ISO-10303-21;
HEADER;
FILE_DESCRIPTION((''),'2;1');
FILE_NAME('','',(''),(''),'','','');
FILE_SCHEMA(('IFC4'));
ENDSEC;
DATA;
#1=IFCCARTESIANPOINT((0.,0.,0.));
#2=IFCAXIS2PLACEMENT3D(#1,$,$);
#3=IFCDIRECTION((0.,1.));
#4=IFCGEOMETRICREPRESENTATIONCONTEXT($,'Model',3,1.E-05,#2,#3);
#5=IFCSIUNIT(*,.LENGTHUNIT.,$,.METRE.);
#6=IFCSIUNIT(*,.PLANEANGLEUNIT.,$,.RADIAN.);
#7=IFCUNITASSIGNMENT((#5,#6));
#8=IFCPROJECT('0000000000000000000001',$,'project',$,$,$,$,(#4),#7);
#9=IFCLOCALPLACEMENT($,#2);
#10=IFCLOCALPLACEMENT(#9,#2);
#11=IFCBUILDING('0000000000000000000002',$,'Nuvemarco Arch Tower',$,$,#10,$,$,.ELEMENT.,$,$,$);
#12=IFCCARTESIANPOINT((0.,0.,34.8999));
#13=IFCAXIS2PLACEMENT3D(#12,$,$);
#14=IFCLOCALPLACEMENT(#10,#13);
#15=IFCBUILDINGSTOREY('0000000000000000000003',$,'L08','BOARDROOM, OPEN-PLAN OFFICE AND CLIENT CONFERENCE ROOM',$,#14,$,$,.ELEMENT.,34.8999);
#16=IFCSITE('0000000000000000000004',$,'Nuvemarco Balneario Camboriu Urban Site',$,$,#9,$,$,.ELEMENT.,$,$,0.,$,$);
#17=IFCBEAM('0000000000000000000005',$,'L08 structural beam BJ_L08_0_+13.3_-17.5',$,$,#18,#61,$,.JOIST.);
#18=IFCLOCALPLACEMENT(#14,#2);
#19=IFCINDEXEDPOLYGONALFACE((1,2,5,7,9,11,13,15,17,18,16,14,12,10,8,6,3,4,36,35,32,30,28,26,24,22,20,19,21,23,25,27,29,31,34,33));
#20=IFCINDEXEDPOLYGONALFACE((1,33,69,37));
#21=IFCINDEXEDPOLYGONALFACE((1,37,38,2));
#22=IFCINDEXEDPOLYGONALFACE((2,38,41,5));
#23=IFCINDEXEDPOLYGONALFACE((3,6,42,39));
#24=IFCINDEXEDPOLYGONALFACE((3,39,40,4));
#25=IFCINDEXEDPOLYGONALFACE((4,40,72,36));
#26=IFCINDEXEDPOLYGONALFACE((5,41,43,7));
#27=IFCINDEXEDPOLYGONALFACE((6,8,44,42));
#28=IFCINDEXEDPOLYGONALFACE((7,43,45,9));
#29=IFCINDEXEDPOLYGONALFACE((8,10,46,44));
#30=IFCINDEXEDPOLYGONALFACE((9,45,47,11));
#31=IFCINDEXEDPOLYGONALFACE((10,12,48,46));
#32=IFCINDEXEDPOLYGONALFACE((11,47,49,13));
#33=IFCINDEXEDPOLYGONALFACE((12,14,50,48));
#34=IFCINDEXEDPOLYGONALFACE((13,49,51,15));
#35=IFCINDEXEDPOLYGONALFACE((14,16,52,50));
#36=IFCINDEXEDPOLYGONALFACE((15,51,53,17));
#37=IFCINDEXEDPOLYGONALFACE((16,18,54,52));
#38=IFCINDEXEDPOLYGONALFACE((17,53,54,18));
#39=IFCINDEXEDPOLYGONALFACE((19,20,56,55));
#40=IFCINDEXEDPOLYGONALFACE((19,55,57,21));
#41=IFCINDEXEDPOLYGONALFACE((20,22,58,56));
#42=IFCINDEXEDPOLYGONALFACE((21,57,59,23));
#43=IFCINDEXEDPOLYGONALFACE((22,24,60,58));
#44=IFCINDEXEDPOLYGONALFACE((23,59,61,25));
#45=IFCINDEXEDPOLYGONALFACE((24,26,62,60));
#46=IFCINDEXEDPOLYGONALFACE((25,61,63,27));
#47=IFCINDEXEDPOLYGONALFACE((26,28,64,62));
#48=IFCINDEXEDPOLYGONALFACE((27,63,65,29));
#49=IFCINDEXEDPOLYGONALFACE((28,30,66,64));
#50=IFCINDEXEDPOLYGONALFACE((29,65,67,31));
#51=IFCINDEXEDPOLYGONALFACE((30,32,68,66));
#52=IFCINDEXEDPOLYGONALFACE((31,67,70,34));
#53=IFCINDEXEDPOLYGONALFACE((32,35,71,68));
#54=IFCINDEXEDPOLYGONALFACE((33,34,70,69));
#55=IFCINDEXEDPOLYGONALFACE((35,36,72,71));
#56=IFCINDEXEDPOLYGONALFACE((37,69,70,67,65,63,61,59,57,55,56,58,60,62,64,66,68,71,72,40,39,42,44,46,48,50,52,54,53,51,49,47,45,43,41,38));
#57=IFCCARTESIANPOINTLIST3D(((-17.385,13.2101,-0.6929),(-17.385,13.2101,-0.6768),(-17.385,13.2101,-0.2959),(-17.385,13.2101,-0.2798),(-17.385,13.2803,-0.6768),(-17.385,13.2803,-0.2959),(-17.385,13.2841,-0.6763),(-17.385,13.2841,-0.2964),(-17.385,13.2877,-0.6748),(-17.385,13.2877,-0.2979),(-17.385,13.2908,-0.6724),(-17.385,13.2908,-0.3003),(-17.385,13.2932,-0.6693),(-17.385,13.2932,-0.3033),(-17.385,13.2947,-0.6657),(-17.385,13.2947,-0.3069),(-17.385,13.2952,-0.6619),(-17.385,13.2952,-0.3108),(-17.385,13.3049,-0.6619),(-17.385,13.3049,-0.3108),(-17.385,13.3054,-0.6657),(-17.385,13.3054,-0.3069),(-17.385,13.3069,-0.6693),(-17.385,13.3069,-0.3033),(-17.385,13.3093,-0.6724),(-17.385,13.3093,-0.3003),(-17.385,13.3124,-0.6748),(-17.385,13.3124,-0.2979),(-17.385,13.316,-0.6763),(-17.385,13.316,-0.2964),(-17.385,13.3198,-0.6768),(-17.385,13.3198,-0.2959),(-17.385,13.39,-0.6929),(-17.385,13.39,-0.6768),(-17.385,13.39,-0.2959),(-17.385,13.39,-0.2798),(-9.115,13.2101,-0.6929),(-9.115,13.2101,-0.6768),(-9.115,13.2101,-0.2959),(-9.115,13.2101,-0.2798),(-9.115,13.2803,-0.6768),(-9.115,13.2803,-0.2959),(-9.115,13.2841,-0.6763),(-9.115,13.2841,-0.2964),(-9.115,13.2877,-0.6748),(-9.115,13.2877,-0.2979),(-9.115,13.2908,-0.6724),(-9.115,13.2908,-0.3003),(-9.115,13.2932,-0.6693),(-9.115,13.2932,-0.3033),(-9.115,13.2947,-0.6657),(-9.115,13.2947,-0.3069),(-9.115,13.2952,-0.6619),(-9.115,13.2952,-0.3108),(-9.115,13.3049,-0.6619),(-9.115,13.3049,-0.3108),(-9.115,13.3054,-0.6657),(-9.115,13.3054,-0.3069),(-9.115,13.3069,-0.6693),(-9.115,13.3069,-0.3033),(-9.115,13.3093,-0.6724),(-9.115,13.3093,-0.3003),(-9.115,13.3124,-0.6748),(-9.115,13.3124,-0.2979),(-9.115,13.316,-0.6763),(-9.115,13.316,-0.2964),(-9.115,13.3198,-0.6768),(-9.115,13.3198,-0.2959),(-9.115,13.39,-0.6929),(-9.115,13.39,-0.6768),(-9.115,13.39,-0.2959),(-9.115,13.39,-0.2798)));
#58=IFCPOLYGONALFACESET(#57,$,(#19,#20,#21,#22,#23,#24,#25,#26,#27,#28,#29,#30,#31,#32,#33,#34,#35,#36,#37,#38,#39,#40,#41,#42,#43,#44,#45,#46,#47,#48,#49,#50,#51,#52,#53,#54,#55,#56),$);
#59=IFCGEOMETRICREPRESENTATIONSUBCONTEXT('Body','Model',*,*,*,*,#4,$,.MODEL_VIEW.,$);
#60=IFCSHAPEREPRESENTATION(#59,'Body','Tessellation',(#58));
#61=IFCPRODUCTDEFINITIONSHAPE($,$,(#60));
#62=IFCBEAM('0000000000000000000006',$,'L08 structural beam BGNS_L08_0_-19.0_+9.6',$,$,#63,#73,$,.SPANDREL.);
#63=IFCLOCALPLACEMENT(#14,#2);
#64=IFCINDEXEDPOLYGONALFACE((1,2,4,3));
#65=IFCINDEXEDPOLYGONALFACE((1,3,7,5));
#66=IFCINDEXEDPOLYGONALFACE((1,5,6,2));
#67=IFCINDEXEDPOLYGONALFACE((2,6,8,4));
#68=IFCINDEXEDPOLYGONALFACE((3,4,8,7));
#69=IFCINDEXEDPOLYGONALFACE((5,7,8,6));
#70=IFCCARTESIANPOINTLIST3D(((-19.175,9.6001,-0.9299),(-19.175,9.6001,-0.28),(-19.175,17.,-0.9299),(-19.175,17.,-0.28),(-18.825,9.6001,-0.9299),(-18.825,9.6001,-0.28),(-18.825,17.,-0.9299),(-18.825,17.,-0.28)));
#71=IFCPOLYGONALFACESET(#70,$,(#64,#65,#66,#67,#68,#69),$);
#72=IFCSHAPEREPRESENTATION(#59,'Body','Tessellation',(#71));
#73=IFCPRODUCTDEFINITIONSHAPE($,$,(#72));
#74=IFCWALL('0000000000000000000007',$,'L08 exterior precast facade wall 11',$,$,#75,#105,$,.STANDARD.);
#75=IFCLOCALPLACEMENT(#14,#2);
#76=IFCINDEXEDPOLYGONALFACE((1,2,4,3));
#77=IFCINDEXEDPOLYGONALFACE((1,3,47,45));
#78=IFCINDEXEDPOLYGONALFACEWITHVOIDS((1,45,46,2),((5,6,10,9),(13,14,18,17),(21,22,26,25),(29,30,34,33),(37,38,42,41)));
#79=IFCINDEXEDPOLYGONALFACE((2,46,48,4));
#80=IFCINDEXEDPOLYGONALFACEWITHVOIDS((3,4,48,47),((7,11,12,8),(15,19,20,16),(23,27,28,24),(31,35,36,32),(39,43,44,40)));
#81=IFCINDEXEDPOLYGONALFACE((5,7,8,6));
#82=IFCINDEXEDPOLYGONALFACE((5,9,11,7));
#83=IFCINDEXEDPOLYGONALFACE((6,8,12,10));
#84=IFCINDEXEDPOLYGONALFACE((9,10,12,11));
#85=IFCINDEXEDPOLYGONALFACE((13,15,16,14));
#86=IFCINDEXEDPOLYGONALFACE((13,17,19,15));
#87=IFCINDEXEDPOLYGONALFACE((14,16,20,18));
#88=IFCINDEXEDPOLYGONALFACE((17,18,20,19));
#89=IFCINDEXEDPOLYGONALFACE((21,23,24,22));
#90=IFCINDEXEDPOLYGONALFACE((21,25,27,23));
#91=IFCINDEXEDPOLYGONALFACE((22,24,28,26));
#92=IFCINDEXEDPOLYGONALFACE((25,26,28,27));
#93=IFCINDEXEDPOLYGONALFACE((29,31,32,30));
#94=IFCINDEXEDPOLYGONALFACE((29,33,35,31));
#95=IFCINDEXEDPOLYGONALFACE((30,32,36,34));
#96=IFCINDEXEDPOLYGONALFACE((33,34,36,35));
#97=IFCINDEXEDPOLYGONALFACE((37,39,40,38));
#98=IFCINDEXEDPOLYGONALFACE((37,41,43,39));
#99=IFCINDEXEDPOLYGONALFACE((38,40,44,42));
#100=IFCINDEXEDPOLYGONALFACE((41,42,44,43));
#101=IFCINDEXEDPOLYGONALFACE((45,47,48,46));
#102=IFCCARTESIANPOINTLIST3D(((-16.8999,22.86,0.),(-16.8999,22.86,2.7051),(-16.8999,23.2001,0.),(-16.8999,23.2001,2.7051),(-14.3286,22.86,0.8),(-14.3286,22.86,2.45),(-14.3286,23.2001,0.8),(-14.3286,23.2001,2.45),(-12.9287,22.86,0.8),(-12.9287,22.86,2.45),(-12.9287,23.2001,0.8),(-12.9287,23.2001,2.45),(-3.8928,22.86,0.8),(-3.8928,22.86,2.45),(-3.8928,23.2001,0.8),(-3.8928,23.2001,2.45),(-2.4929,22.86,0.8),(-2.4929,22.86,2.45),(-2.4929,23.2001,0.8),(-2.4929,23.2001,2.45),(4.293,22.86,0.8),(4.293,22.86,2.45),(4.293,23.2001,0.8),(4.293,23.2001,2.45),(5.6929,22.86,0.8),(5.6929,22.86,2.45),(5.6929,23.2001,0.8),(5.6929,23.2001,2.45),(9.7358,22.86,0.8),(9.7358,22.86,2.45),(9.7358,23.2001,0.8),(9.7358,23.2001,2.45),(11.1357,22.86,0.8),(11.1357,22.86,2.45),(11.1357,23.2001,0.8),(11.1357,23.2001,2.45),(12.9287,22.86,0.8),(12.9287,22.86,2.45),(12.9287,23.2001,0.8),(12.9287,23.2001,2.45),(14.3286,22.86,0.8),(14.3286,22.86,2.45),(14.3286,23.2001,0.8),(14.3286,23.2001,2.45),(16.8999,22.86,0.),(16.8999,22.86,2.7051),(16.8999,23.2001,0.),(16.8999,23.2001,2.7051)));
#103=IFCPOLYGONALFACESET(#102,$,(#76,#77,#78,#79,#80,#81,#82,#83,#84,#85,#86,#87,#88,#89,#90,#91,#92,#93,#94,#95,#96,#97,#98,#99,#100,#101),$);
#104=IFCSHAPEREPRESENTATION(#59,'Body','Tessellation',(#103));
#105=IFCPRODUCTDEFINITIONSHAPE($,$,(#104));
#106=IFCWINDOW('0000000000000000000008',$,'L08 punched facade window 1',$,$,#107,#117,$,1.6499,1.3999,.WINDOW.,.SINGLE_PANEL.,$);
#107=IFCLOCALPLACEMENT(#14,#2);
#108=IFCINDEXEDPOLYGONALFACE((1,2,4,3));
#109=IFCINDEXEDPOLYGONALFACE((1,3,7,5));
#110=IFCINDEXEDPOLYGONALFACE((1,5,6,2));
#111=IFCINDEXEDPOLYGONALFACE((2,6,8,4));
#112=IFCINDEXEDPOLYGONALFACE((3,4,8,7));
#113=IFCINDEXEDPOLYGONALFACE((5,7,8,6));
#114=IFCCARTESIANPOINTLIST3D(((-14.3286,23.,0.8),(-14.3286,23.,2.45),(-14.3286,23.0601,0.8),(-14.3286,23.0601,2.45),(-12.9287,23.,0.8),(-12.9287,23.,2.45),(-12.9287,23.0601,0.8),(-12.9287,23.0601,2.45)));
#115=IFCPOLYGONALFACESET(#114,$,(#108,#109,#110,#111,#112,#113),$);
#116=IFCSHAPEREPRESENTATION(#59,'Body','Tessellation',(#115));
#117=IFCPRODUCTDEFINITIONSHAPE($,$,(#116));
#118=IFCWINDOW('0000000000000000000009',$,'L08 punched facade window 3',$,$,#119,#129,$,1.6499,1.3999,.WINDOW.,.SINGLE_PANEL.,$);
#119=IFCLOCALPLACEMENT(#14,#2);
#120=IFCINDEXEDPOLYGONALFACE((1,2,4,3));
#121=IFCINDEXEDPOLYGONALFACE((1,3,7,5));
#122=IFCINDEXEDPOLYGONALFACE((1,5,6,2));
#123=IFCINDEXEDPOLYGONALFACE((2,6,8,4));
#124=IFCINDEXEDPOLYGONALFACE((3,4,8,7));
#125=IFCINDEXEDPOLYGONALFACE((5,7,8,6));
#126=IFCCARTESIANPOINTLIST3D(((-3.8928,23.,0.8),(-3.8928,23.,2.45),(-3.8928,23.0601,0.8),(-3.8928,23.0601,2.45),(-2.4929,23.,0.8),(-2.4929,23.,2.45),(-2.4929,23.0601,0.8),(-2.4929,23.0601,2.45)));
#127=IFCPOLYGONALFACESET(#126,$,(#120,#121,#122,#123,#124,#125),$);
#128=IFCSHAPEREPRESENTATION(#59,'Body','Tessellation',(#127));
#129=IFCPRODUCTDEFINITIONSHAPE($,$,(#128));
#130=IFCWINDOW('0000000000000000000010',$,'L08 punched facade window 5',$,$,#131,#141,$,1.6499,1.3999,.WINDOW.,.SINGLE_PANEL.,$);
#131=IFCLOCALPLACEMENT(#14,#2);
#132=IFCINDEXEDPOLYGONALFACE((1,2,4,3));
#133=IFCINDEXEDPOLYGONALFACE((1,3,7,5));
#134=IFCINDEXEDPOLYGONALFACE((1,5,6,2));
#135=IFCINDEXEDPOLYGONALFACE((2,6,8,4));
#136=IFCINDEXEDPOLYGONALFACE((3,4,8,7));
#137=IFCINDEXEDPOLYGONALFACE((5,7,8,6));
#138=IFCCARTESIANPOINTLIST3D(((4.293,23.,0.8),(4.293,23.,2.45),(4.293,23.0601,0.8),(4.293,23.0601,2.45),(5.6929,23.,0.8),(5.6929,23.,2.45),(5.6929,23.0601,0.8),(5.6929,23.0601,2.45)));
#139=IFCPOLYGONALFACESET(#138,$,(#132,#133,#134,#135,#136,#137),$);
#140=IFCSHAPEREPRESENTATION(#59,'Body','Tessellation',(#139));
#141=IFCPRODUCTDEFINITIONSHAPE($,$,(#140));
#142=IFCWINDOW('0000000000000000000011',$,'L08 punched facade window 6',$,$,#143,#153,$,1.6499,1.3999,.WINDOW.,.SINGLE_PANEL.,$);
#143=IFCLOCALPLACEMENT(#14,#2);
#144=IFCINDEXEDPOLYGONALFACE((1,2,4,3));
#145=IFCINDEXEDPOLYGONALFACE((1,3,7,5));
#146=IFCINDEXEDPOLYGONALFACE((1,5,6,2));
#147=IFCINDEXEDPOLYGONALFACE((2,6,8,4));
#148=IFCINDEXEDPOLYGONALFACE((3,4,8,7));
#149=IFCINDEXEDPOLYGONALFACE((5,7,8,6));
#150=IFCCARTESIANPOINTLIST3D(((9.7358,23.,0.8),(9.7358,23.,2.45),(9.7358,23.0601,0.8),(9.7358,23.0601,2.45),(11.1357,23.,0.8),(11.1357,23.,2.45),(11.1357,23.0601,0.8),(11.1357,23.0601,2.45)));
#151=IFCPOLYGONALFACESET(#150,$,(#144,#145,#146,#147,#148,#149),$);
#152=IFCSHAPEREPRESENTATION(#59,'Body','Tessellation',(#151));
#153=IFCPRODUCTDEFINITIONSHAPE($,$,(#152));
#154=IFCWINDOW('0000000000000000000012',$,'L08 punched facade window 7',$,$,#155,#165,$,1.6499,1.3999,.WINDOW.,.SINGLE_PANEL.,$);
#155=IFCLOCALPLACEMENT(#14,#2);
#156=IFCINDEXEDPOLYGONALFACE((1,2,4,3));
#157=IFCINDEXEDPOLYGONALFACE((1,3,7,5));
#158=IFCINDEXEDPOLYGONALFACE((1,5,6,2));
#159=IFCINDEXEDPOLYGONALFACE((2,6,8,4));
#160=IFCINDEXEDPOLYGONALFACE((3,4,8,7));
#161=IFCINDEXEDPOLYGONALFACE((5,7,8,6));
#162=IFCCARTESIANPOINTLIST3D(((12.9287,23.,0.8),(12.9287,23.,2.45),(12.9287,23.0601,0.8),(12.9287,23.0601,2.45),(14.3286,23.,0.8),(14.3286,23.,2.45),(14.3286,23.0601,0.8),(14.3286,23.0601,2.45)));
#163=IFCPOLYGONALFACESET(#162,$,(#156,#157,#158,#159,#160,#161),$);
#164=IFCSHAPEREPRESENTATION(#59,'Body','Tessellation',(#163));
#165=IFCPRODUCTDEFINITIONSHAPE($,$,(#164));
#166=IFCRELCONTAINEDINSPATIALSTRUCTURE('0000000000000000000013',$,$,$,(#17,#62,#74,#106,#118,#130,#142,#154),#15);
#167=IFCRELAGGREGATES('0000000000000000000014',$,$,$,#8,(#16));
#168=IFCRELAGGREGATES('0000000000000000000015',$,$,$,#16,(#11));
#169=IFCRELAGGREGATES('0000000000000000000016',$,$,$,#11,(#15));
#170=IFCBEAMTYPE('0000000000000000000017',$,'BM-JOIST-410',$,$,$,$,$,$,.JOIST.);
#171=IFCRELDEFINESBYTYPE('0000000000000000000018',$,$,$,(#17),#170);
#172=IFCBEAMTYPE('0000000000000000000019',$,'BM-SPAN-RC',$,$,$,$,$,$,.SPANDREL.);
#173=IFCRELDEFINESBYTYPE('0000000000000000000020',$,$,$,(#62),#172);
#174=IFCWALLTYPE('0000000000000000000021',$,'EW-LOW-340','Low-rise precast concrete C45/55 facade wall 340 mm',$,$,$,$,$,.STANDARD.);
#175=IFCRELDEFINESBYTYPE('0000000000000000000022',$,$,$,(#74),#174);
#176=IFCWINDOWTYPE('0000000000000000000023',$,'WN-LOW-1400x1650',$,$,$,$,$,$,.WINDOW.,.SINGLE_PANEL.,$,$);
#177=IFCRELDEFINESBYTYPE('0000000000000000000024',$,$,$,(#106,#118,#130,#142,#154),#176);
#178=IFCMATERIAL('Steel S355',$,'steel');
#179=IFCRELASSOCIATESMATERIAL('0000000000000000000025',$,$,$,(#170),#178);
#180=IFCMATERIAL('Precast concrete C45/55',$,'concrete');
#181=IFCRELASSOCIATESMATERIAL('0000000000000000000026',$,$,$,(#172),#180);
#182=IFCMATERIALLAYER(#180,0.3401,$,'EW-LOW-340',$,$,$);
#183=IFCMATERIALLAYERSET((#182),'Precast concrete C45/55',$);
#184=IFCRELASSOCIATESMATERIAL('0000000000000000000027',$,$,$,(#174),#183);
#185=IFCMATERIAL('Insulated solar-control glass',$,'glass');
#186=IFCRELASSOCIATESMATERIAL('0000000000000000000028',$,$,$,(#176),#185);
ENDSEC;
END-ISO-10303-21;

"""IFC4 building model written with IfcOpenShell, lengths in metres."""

from ifc_helpers import new_model, si_unit, direction, frame, frame_2d, origin, origin_2d, place, context, subcontext, project, spatial, rectangle, i_section, extrude, source, transform, mapped, material, layer, layer_set, material_profile, profile_set, type_object, type_shapes, element, fill, save


model = new_model("IFC4")

# Units and contexts
model_context = context("Model", 3, precision=1e-05, world=origin(), true_north=direction((0.0, 1.0)))
body_context = subcontext(model_context, "Body", "Model", "MODEL_VIEW")
ifc_project = project(units=[si_unit("LENGTHUNIT", "METRE"), si_unit("PLANEANGLEUNIT", "RADIAN")], contexts=[model_context])

# Site, building, storey
site_placement = place(None, origin())
site = spatial("IfcSite", under=ifc_project, at=site_placement, Name="Nuvemarco Balneario Camboriu Urban Site", CompositionType="ELEMENT", RefElevation=0.0)
building_placement = place(site_placement, origin())
building = spatial("IfcBuilding", under=site, at=building_placement, Name="Nuvemarco Arch Tower", CompositionType="ELEMENT")
storey_placement = place(building_placement, frame((0.0, 0.0, 34.8999)))
storey = spatial("IfcBuildingStorey", under=building, at=storey_placement, Name="L08", Description="BOARDROOM, OPEN-PLAN OFFICE AND CLIENT CONFERENCE ROOM", CompositionType="ELEMENT", Elevation=34.8999)

# Shared definitions
ifc_material_1 = material(Name="Steel S355", Category="steel")

# Beams
ifc_material_profile_1 = material_profile(ifc_material_1, i_section(OverallWidth=0.1799, OverallDepth=0.4131, WebThickness=0.0098, FlangeThickness=0.0161, FilletRadius=0.0149, at=origin_2d()), Name="W410x75")
ifc_profile_set_1 = profile_set([ifc_material_profile_1], Name="Steel S355")
beam_type_1 = type_object("IfcBeamType", Name="BM-JOIST-410", PredefinedType="JOIST", material=ifc_profile_set_1)
beam_1_placement = place(storey_placement, frame((-17.385, 13.3, -0.4863), z_axis=(1.0, 0.0, 0.0), x_axis=(0.0, 1.0, 0.0)))
element("IfcBeam", 1, at=beam_1_placement, inside=storey, type_object=beam_type_1, Name="L08 structural beam BJ_L08_0_+13.3_-17.5", PredefinedType="JOIST", context=body_context, shape_type="SweptSolid", body=[
    extrude(i_section(OverallWidth=0.1799, OverallDepth=0.4131, WebThickness=0.0098, FlangeThickness=0.0161, FilletRadius=0.0149, at=origin_2d()), origin(), (0.0, 0.0, 1.0), 8.27),
])
ifc_material_2 = material(Name="Precast concrete C45/55", Category="concrete")
ifc_material_profile_2 = material_profile(ifc_material_2, rectangle(XDim=0.3501, YDim=0.6499, at=origin_2d()), Name="PC-SP-350x650")
ifc_profile_set_2 = profile_set([ifc_material_profile_2], Name="Precast concrete C45/55")
beam_type_2 = type_object("IfcBeamType", Name="BM-SPAN-RC", PredefinedType="SPANDREL", material=ifc_profile_set_2)
beam_2_placement = place(storey_placement, frame((-19.0, 9.6001, -0.605), z_axis=(0.0, 1.0, 0.0), x_axis=(-1.0, 0.0, 0.0)))
element("IfcBeam", 2, at=beam_2_placement, inside=storey, type_object=beam_type_2, Name="L08 structural beam BGNS_L08_0_-19.0_+9.6", PredefinedType="SPANDREL", context=body_context, shape_type="SweptSolid", body=[
    extrude(rectangle(XDim=0.3501, YDim=0.6499, at=origin_2d()), origin(), (0.0, 0.0, 1.0), 7.3999),
])

# Wall, openings, windows
ifc_layer_1 = layer(ifc_material_2, 0.3401, Name="EW-LOW-340")
ifc_layer_set_1 = layer_set([ifc_layer_1], Name="Precast concrete C45/55")
wall_type_1 = type_object("IfcWallType", Name="EW-LOW-340", Description="Low-rise precast concrete C45/55 facade wall 340 mm", PredefinedType="STANDARD", material=ifc_layer_set_1)
wall_1_placement = place(storey_placement, frame((-16.8999, 23.03, 0.0), z_axis=(0.0, 0.0, 1.0), x_axis=(1.0, 0.0, 0.0)))
wall_1 = element("IfcWall", 3, at=wall_1_placement, inside=storey, type_object=wall_type_1, Name="L08 exterior precast facade wall 11", PredefinedType="STANDARD", context=body_context, shape_type="SweptSolid", body=[
    extrude(rectangle(XDim=33.7998, YDim=0.3401, at=frame_2d((16.8999, 0.0))), origin(), (0.0, 0.0, 1.0), 2.7051),
])
opening_1_placement = place(wall_1_placement, frame((2.5713, 0.0, 0.8)))
opening_1 = element("IfcOpeningElement", 4, at=opening_1_placement, cuts=wall_1, PredefinedType="OPENING", context=body_context, shape_type="SweptSolid", body=[
    extrude(rectangle(XDim=1.3999, YDim=1.6499, at=frame_2d((0.7, 0.825))), frame((0.0, 0.1799, 0.0), z_axis=(0.0, -1.0, 0.0), x_axis=(1.0, 0.0, 0.0)), (0.0, 0.0, 1.0), 0.3601),
])
opening_2_placement = place(wall_1_placement, frame((13.0071, 0.0, 0.8)))
opening_2 = element("IfcOpeningElement", 5, at=opening_2_placement, cuts=wall_1, PredefinedType="OPENING", context=body_context, shape_type="SweptSolid", body=[
    extrude(rectangle(XDim=1.3999, YDim=1.6499, at=frame_2d((0.7, 0.825))), frame((0.0, 0.1799, 0.0), z_axis=(0.0, -1.0, 0.0), x_axis=(1.0, 0.0, 0.0)), (0.0, 0.0, 1.0), 0.3601),
])
opening_3_placement = place(wall_1_placement, frame((21.1929, 0.0, 0.8)))
opening_3 = element("IfcOpeningElement", 6, at=opening_3_placement, cuts=wall_1, PredefinedType="OPENING", context=body_context, shape_type="SweptSolid", body=[
    extrude(rectangle(XDim=1.3999, YDim=1.6499, at=frame_2d((0.7, 0.825))), frame((0.0, 0.1799, 0.0), z_axis=(0.0, -1.0, 0.0), x_axis=(1.0, 0.0, 0.0)), (0.0, 0.0, 1.0), 0.3601),
])
opening_4_placement = place(wall_1_placement, frame((26.6357, 0.0, 0.8)))
opening_4 = element("IfcOpeningElement", 7, at=opening_4_placement, cuts=wall_1, PredefinedType="OPENING", context=body_context, shape_type="SweptSolid", body=[
    extrude(rectangle(XDim=1.3999, YDim=1.6499, at=frame_2d((0.7, 0.825))), frame((0.0, 0.1799, 0.0), z_axis=(0.0, -1.0, 0.0), x_axis=(1.0, 0.0, 0.0)), (0.0, 0.0, 1.0), 0.3601),
])
opening_5_placement = place(wall_1_placement, frame((29.8286, 0.0, 0.8)))
opening_5 = element("IfcOpeningElement", 8, at=opening_5_placement, cuts=wall_1, PredefinedType="OPENING", context=body_context, shape_type="SweptSolid", body=[
    extrude(rectangle(XDim=1.3999, YDim=1.6499, at=frame_2d((0.7, 0.825))), frame((0.0, 0.1799, 0.0), z_axis=(0.0, -1.0, 0.0), x_axis=(1.0, 0.0, 0.0)), (0.0, 0.0, 1.0), 0.3601),
])
ifc_material_3 = material(Name="Insulated solar-control glass", Category="glass")
window_type = type_object("IfcWindowType", Name="WN-LOW-1400x1650", PartitioningType="SINGLE_PANEL", PredefinedType="WINDOW", material=ifc_material_3)
shared_shape_1 = source(origin(), body_context, "Body", "SweptSolid", [
    extrude(rectangle(XDim=1.3999, YDim=1.6499, at=frame_2d((0.7, 0.825))), frame((0.0, 0.03, 0.0), z_axis=(0.0, -1.0, 0.0), x_axis=(1.0, 0.0, 0.0)), (0.0, 0.0, 1.0), 0.0601),
])
type_shapes(window_type, [shared_shape_1])
window_1_placement = place(opening_1_placement, origin())
window_1 = element("IfcWindow", 9, at=window_1_placement, inside=storey, type_object=window_type, Name="L08 punched facade window 1", OverallHeight=1.6499, OverallWidth=1.3999, PartitioningType="SINGLE_PANEL", PredefinedType="WINDOW", context=body_context, shape_type="MappedRepresentation", body=[
    mapped(shared_shape_1, transform((0.0, 0.0, 0.0), scale=1.0)),
])
fill(opening_1, window_1)
window_2_placement = place(opening_2_placement, origin())
window_2 = element("IfcWindow", 10, at=window_2_placement, inside=storey, type_object=window_type, Name="L08 punched facade window 3", OverallHeight=1.6499, OverallWidth=1.3999, PartitioningType="SINGLE_PANEL", PredefinedType="WINDOW", context=body_context, shape_type="MappedRepresentation", body=[
    mapped(shared_shape_1, transform((0.0, 0.0, 0.0), scale=1.0)),
])
fill(opening_2, window_2)
window_3_placement = place(opening_3_placement, origin())
window_3 = element("IfcWindow", 11, at=window_3_placement, inside=storey, type_object=window_type, Name="L08 punched facade window 5", OverallHeight=1.6499, OverallWidth=1.3999, PartitioningType="SINGLE_PANEL", PredefinedType="WINDOW", context=body_context, shape_type="MappedRepresentation", body=[
    mapped(shared_shape_1, transform((0.0, 0.0, 0.0), scale=1.0)),
])
fill(opening_3, window_3)
window_4_placement = place(opening_4_placement, origin())
window_4 = element("IfcWindow", 12, at=window_4_placement, inside=storey, type_object=window_type, Name="L08 punched facade window 6", OverallHeight=1.6499, OverallWidth=1.3999, PartitioningType="SINGLE_PANEL", PredefinedType="WINDOW", context=body_context, shape_type="MappedRepresentation", body=[
    mapped(shared_shape_1, transform((0.0, 0.0, 0.0), scale=1.0)),
])
fill(opening_4, window_4)
window_5_placement = place(opening_5_placement, origin())
window_5 = element("IfcWindow", 13, at=window_5_placement, inside=storey, type_object=window_type, Name="L08 punched facade window 7", OverallHeight=1.6499, OverallWidth=1.3999, PartitioningType="SINGLE_PANEL", PredefinedType="WINDOW", context=body_context, shape_type="MappedRepresentation", body=[
    mapped(shared_shape_1, transform((0.0, 0.0, 0.0), scale=1.0)),
])
fill(opening_5, window_5)

save(model, "model.ifc")
